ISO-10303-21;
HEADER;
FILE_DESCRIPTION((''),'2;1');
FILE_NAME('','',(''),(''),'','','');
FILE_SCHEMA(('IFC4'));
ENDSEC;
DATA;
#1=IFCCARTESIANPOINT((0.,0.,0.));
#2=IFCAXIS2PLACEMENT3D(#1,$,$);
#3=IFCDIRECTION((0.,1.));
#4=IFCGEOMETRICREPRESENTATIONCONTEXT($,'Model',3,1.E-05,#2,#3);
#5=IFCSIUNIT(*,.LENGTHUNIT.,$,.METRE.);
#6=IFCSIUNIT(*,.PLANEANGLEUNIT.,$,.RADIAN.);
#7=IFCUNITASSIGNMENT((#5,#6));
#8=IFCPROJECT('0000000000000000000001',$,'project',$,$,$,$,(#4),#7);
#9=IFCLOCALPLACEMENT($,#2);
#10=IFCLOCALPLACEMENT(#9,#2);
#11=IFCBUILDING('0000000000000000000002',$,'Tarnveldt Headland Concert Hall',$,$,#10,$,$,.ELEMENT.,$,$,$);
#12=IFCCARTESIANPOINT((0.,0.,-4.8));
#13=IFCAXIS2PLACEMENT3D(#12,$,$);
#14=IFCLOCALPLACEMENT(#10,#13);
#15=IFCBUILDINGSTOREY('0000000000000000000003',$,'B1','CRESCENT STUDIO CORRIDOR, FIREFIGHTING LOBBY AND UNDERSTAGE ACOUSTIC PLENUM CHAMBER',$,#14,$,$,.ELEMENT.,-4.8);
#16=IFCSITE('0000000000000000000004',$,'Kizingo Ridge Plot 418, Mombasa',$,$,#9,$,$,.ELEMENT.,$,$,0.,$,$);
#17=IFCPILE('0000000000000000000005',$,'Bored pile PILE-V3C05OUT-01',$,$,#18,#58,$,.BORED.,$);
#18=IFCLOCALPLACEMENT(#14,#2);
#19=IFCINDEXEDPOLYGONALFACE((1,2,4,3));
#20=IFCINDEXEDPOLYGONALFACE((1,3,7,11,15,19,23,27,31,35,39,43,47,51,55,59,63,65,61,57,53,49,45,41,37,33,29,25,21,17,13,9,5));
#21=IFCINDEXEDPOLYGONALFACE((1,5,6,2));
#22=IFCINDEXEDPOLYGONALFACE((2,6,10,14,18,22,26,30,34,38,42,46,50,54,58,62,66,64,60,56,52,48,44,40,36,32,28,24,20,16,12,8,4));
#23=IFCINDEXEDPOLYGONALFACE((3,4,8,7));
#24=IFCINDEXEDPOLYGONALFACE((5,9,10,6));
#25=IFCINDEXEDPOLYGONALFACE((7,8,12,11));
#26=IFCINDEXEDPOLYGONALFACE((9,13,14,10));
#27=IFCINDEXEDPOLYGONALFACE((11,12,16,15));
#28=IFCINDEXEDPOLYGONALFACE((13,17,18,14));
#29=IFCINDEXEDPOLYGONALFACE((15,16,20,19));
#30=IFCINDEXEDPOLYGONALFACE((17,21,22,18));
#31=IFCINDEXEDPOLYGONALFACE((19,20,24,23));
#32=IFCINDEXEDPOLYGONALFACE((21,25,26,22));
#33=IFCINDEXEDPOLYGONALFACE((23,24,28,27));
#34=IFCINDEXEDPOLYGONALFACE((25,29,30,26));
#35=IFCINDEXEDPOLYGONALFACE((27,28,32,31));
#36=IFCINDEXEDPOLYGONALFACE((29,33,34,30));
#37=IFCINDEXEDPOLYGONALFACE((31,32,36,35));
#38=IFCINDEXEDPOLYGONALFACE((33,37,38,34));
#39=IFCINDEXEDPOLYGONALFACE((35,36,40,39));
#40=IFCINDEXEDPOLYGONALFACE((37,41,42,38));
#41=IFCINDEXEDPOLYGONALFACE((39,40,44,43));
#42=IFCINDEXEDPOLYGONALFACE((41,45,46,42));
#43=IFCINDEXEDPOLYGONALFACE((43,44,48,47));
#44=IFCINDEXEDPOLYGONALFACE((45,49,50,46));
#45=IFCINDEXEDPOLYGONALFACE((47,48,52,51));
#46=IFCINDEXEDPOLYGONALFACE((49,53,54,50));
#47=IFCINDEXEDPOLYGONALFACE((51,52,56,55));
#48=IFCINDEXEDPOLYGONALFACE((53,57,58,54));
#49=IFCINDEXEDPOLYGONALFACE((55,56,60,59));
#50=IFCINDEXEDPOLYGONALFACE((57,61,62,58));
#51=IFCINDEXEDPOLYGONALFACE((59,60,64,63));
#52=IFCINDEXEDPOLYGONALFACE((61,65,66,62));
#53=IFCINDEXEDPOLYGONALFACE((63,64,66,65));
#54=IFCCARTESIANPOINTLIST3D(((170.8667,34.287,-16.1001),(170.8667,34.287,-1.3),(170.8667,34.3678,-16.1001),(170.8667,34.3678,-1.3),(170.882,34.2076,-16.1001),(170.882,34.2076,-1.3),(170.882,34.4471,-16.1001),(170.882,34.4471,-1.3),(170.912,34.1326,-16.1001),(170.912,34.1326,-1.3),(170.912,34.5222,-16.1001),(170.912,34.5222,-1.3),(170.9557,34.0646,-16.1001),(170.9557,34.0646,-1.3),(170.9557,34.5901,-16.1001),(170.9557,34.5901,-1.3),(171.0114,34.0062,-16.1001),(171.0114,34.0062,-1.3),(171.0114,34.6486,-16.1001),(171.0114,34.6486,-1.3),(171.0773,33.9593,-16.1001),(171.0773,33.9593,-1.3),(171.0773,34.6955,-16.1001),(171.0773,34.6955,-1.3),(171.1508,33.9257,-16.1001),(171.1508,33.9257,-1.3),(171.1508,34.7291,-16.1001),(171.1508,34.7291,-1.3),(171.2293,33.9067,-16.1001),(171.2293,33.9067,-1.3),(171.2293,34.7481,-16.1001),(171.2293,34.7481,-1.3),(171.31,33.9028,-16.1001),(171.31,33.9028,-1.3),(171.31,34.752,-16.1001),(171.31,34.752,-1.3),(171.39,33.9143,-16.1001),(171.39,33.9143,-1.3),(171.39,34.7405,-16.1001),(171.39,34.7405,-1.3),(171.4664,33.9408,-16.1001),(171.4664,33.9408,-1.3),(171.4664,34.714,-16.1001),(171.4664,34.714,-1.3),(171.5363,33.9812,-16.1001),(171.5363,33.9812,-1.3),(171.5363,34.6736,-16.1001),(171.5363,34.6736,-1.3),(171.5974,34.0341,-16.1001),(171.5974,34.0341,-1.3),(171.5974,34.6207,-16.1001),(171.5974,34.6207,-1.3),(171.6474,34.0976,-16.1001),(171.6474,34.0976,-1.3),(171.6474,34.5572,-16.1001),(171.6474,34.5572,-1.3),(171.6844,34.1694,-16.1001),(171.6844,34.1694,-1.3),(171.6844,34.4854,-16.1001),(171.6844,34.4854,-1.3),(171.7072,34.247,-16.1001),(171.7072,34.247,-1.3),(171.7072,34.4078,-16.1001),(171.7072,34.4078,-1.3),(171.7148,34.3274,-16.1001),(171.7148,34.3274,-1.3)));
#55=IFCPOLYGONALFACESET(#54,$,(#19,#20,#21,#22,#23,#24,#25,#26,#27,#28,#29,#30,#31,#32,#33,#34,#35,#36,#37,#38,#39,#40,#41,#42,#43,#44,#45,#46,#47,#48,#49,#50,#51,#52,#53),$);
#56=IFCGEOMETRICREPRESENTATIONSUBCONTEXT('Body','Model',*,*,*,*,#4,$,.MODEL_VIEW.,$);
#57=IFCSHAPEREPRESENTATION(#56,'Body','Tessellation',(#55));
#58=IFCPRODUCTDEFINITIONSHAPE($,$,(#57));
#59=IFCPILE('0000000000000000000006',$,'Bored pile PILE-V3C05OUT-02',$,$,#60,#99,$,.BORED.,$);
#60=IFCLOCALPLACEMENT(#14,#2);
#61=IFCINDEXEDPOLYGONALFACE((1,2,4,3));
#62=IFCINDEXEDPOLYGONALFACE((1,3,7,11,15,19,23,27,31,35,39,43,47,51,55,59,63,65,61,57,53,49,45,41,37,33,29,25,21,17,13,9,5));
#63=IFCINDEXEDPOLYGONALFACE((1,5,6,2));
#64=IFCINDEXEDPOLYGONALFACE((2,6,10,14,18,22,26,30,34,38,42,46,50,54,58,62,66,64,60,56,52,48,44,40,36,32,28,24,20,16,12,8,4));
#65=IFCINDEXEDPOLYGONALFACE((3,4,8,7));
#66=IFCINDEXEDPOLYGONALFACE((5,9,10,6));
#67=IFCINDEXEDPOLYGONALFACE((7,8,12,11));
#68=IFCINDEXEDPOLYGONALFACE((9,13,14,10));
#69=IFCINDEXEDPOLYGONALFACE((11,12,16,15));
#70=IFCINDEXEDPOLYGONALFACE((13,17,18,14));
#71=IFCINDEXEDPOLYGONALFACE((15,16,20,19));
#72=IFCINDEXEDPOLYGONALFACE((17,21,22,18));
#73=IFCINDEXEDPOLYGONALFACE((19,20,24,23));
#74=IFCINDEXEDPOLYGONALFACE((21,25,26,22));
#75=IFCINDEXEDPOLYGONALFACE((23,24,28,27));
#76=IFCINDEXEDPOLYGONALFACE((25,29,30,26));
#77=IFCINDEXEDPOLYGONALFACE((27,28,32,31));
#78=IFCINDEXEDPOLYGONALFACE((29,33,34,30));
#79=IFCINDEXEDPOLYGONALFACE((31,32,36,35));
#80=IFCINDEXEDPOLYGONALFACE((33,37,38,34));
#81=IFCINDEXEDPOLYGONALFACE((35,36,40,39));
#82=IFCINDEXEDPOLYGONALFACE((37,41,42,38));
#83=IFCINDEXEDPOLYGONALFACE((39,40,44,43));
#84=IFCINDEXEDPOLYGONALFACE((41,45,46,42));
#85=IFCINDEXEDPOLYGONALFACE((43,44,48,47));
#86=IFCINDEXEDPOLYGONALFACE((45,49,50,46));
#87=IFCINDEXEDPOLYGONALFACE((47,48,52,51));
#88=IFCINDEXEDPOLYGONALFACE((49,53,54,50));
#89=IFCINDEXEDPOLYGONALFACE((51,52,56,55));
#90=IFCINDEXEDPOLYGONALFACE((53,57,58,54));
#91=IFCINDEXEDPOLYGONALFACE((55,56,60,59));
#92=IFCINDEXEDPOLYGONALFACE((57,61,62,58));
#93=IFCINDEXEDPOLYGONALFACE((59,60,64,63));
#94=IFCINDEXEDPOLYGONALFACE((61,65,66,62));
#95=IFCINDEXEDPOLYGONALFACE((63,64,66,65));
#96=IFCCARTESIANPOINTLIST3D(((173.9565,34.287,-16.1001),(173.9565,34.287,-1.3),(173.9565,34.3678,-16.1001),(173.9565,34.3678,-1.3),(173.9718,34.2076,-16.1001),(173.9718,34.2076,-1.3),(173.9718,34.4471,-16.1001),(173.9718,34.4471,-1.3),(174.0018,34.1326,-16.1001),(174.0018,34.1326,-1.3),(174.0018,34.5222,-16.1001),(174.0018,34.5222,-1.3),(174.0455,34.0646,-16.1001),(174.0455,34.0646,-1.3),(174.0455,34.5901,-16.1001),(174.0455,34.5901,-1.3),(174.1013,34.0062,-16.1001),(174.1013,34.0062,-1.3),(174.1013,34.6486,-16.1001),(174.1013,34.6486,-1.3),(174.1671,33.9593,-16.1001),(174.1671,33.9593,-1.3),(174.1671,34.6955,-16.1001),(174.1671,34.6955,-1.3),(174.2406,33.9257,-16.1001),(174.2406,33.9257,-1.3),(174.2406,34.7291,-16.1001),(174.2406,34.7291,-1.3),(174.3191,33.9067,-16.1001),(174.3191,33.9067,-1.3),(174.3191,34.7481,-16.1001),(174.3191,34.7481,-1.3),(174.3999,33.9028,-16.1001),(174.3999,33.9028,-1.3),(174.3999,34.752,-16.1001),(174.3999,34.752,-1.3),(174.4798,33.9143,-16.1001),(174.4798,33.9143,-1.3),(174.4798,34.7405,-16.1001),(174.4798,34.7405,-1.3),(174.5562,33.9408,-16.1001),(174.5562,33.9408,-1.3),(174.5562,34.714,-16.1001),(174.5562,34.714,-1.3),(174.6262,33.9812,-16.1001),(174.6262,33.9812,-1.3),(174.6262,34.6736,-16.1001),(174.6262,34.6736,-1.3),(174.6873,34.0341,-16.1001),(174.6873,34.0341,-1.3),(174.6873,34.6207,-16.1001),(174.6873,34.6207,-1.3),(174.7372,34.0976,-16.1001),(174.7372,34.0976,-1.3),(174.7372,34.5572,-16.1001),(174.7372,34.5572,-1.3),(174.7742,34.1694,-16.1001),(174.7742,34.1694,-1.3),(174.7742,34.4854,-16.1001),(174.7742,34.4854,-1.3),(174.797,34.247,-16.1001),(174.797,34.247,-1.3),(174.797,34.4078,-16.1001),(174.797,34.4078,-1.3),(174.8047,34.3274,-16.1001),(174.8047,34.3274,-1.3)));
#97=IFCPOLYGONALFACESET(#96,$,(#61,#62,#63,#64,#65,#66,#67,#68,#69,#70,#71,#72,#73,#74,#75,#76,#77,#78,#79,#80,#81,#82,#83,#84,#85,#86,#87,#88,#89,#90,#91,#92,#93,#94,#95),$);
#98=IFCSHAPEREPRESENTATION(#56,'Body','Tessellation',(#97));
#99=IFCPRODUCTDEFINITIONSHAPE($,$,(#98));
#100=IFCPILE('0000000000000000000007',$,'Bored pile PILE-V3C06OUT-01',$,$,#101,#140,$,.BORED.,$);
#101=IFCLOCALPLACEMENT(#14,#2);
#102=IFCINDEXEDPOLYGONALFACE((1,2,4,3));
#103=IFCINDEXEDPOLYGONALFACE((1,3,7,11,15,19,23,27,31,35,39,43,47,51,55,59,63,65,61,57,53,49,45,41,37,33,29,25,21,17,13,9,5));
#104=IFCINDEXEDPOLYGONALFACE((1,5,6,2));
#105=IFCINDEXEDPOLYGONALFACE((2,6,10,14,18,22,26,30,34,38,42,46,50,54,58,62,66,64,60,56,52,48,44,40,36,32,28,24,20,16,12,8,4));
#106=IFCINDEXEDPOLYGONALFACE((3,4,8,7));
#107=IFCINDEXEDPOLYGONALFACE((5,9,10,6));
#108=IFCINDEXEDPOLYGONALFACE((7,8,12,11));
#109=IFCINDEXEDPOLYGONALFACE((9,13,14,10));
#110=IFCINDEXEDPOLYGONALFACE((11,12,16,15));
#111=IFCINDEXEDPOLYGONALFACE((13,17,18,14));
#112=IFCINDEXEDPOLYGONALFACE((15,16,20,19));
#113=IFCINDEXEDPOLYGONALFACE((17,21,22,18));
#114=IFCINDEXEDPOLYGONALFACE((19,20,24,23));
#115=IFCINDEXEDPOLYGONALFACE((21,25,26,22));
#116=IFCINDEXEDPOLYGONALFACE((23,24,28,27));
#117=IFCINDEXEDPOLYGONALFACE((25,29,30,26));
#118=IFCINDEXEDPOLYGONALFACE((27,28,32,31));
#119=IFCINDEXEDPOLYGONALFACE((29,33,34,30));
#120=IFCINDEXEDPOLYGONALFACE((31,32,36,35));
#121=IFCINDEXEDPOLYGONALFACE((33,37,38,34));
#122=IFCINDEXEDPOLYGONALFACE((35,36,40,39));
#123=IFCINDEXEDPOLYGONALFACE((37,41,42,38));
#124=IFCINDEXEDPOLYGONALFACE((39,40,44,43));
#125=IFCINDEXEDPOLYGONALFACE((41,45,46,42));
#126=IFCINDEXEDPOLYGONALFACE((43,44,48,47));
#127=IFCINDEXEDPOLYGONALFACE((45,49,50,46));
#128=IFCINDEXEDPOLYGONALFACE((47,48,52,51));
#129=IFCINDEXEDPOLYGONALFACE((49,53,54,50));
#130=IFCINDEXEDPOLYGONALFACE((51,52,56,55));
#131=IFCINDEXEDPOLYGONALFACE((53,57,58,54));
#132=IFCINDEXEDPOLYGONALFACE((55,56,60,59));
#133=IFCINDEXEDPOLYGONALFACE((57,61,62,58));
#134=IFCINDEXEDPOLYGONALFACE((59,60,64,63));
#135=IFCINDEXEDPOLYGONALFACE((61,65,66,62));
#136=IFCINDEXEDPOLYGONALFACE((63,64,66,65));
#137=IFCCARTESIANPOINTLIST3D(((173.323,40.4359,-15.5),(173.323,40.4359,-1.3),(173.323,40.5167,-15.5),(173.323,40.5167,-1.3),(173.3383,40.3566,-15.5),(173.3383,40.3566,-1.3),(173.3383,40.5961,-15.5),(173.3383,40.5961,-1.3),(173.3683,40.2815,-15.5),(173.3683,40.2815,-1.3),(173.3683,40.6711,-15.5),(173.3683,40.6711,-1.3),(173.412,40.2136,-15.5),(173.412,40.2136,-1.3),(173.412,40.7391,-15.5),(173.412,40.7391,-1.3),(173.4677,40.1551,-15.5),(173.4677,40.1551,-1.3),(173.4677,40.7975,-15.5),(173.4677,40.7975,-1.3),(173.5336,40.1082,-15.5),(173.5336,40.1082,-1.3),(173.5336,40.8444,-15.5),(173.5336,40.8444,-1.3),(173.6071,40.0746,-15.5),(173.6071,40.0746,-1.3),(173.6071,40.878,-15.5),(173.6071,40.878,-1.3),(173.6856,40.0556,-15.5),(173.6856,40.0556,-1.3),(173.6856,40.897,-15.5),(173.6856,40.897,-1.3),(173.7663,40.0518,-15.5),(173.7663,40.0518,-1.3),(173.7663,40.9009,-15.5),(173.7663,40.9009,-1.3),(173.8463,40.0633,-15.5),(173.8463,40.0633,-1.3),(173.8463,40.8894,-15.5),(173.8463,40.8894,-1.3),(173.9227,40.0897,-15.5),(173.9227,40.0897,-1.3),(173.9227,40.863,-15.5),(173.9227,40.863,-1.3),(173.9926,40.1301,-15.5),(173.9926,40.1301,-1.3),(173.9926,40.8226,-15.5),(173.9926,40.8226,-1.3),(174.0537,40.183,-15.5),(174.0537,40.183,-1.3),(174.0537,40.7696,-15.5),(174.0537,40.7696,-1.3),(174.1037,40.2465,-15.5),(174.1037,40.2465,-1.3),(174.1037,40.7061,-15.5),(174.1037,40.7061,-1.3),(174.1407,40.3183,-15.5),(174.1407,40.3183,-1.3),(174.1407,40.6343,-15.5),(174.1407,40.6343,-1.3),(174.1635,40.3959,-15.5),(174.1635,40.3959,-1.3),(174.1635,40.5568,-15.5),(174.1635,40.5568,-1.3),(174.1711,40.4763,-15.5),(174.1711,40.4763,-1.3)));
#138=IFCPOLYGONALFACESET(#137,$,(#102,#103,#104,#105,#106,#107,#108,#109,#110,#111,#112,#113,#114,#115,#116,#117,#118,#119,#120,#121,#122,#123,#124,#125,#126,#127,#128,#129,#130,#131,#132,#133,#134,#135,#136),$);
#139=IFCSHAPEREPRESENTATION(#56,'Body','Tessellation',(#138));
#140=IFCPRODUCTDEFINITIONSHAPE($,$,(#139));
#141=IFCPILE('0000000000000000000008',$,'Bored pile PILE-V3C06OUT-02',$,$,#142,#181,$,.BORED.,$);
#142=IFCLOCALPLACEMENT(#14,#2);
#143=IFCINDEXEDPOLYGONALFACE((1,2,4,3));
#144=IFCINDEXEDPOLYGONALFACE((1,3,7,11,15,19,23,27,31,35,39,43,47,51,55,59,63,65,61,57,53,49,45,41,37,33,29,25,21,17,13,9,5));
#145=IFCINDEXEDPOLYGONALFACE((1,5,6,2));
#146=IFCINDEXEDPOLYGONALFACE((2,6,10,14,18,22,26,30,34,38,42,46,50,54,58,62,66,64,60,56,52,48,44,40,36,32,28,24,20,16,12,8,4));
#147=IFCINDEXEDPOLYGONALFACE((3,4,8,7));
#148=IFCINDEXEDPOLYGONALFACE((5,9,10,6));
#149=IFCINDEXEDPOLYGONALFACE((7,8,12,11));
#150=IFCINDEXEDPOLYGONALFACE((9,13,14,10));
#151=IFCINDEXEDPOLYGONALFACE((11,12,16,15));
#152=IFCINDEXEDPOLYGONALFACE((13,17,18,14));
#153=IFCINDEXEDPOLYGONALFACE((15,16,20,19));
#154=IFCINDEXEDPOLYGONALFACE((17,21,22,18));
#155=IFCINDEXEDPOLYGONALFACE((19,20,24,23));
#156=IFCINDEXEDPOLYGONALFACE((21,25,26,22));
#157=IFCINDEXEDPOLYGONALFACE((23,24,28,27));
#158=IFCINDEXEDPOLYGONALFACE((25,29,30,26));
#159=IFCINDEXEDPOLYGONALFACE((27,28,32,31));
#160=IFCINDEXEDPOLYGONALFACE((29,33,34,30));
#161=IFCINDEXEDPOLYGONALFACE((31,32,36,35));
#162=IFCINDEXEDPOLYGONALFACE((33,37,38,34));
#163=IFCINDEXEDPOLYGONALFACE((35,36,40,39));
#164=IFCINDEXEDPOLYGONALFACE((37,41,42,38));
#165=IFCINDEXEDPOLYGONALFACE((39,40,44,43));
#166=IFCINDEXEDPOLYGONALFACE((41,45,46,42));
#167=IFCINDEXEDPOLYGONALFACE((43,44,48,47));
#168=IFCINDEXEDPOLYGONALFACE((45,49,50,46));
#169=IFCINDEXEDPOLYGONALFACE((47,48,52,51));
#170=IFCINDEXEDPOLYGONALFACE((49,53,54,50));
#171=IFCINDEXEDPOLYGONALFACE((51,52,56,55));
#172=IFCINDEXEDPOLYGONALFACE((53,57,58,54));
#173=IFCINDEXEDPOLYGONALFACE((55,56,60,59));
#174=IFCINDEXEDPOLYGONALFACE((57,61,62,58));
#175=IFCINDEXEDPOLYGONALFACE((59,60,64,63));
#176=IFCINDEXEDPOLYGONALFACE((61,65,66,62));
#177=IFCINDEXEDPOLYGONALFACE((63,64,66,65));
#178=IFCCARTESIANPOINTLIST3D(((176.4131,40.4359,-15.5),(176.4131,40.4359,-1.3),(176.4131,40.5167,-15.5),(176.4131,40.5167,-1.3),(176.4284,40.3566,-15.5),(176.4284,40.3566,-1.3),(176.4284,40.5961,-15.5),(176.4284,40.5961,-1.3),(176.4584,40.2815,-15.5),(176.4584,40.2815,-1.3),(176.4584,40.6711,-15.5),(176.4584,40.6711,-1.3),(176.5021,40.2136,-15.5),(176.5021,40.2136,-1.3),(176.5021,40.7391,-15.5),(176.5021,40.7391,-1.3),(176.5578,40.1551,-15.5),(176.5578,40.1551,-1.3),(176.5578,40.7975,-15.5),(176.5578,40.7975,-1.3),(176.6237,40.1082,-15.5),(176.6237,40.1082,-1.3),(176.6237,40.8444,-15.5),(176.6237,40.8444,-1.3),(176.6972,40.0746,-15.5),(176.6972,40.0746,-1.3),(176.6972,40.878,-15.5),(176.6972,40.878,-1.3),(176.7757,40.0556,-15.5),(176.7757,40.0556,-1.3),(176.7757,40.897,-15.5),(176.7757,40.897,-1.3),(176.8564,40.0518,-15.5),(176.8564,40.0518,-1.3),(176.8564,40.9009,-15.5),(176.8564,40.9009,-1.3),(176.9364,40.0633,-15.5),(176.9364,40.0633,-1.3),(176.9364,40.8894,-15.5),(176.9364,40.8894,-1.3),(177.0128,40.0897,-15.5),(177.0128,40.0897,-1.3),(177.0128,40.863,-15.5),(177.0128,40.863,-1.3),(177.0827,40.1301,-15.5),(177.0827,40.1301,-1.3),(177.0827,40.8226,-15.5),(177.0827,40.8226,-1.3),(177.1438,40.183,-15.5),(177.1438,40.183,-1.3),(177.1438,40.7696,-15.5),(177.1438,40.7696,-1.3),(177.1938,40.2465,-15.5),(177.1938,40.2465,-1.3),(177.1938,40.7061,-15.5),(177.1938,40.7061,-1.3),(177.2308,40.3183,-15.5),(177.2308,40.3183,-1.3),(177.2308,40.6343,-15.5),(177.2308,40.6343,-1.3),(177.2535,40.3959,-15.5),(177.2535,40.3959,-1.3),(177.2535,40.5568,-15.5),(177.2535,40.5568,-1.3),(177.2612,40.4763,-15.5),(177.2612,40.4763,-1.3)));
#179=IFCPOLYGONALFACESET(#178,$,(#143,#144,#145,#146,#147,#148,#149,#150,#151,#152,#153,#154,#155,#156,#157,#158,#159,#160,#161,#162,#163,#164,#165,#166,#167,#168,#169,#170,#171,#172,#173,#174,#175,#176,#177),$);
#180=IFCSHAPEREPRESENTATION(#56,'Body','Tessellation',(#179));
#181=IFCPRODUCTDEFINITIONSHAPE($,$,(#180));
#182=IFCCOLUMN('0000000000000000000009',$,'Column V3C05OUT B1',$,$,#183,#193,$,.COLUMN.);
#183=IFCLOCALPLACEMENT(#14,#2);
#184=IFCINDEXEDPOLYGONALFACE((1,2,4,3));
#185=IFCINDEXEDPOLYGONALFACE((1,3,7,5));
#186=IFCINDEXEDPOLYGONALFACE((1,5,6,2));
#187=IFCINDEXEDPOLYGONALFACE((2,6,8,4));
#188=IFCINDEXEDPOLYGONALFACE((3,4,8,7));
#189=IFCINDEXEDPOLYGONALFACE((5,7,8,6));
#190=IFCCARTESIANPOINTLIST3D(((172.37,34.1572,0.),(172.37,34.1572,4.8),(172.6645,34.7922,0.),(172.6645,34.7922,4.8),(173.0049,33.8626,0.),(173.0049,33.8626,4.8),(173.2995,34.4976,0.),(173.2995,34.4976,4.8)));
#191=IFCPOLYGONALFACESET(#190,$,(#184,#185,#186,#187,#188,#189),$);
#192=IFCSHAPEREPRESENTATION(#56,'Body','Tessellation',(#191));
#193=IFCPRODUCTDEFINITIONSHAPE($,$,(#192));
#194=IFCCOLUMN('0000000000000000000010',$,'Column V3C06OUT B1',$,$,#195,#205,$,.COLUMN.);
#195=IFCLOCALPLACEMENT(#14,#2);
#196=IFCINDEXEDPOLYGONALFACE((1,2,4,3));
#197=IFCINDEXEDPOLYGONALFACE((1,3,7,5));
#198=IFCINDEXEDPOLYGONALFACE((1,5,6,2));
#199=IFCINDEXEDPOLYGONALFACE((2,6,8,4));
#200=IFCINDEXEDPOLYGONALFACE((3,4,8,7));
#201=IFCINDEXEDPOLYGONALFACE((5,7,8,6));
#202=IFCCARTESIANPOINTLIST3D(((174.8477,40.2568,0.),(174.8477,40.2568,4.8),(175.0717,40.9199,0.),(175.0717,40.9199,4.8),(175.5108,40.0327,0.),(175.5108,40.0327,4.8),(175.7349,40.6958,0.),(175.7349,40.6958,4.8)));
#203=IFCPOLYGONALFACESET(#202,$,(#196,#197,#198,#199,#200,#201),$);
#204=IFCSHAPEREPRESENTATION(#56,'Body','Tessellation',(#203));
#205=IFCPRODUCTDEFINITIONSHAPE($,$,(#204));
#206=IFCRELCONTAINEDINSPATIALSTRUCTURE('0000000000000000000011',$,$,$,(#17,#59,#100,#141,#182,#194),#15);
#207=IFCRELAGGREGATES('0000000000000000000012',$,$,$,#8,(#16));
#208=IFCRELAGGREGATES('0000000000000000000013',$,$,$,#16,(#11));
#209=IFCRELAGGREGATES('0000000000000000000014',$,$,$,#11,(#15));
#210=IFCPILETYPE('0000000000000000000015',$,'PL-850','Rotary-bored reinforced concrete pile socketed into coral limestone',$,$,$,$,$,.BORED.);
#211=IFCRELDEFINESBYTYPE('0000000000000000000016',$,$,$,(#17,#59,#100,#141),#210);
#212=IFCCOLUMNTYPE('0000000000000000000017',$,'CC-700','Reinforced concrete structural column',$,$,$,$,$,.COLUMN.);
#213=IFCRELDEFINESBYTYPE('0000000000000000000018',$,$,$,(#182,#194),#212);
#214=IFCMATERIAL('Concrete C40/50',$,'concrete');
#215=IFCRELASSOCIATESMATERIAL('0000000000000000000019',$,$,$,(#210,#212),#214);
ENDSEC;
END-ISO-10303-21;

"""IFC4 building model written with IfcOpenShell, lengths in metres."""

from ifc_helpers import new_model, si_unit, direction, frame, origin, origin_2d, place, context, subcontext, project, spatial, rectangle, circle, extrude, material, material_profile, profile_set, type_object, element, save


model = new_model("IFC4")

# Units and contexts
model_context = context("Model", 3, precision=1e-05, world=origin(), true_north=direction((0.0, 1.0)))
body_context = subcontext(model_context, "Body", "Model", "MODEL_VIEW")
ifc_project = project(units=[si_unit("LENGTHUNIT", "METRE"), si_unit("PLANEANGLEUNIT", "RADIAN")], contexts=[model_context])

# Site, building, storey
site_placement = place(None, origin())
site = spatial("IfcSite", under=ifc_project, at=site_placement, Name="Kizingo Ridge Plot 418, Mombasa", CompositionType="ELEMENT", RefElevation=0.0)
building_placement = place(site_placement, origin())
building = spatial("IfcBuilding", under=site, at=building_placement, Name="Tarnveldt Headland Concert Hall", CompositionType="ELEMENT")
storey_placement = place(building_placement, frame((0.0, 0.0, -4.8)))
storey = spatial("IfcBuildingStorey", under=building, at=storey_placement, Name="B1", Description="CRESCENT STUDIO CORRIDOR, FIREFIGHTING LOBBY AND UNDERSTAGE ACOUSTIC PLENUM CHAMBER", CompositionType="ELEMENT", Elevation=-4.8)

# Shared definitions
ifc_material_1 = material(Name="Concrete C40/50", Category="concrete")

# Piles
ifc_material_profile_1 = material_profile(ifc_material_1, circle(Radius=0.425, at=origin_2d()), Name="BORED PILE D850", Category="concrete")
ifc_profile_set_1 = profile_set([ifc_material_profile_1], Name="Concrete C40/50")
pile_type_1 = type_object("IfcPileType", Name="PL-850", Description="Rotary-bored reinforced concrete pile socketed into coral limestone", PredefinedType="BORED", material=ifc_profile_set_1)
for number, where, z_axis, x_axis, name in (
    (1, (171.2898, 34.3274, -1.3), (0.0, 0.0, -1.0), (1.0, 0.0, 0.0), "Bored pile PILE-V3C05OUT-01"),
    (2, (174.3796, 34.3274, -1.3), (0.0, 0.0, -1.0), (1.0, 0.0, 0.0), "Bored pile PILE-V3C05OUT-02"),
):
    element("IfcPile", number, at=place(storey_placement, frame(where, z_axis=z_axis, x_axis=x_axis)), inside=storey, type_object=pile_type_1, Name=name, PredefinedType="BORED", context=body_context, shape_type="SweptSolid", body=[
        extrude(circle(Radius=0.425, at=origin_2d()), origin(), (0.0, 0.0, 1.0), 14.8),
    ])
for number, where, z_axis, x_axis, name in (
    (3, (173.7461, 40.4763, -1.3), (0.0, 0.0, -1.0), (1.0, 0.0, 0.0), "Bored pile PILE-V3C06OUT-01"),
    (4, (176.8362, 40.4763, -1.3), (0.0, 0.0, -1.0), (1.0, 0.0, 0.0), "Bored pile PILE-V3C06OUT-02"),
):
    element("IfcPile", number, at=place(storey_placement, frame(where, z_axis=z_axis, x_axis=x_axis)), inside=storey, type_object=pile_type_1, Name=name, PredefinedType="BORED", context=body_context, shape_type="SweptSolid", body=[
        extrude(circle(Radius=0.425, at=origin_2d()), origin(), (0.0, 0.0, 1.0), 14.2),
    ])

# Columns
ifc_material_profile_2 = material_profile(ifc_material_1, rectangle(XDim=0.7, YDim=0.7, at=origin_2d()), Name="RC 700x700", Category="concrete")
ifc_profile_set_2 = profile_set([ifc_material_profile_2], Name="Concrete C40/50")
column_type_1 = type_object("IfcColumnType", Name="CC-700", Description="Reinforced concrete structural column", PredefinedType="COLUMN", material=ifc_profile_set_2)
for number, where, z_axis, x_axis, name in (
    (5, (172.8347, 34.3274, 0.0), (0.0, 0.0, 1.0), (0.907117, -0.420877, 0.0), "Column V3C05OUT B1"),
    (6, (175.2913, 40.4763, 0.0), (0.0, 0.0, 1.0), (0.947378, -0.320117, 0.0), "Column V3C06OUT B1"),
):
    element("IfcColumn", number, at=place(storey_placement, frame(where, z_axis=z_axis, x_axis=x_axis)), inside=storey, type_object=column_type_1, Name=name, PredefinedType="COLUMN", context=body_context, shape_type="SweptSolid", body=[
        extrude(rectangle(XDim=0.7, YDim=0.7, at=origin_2d()), origin(), (0.0, 0.0, 1.0), 4.8),
    ])

save(model, "model.ifc")
